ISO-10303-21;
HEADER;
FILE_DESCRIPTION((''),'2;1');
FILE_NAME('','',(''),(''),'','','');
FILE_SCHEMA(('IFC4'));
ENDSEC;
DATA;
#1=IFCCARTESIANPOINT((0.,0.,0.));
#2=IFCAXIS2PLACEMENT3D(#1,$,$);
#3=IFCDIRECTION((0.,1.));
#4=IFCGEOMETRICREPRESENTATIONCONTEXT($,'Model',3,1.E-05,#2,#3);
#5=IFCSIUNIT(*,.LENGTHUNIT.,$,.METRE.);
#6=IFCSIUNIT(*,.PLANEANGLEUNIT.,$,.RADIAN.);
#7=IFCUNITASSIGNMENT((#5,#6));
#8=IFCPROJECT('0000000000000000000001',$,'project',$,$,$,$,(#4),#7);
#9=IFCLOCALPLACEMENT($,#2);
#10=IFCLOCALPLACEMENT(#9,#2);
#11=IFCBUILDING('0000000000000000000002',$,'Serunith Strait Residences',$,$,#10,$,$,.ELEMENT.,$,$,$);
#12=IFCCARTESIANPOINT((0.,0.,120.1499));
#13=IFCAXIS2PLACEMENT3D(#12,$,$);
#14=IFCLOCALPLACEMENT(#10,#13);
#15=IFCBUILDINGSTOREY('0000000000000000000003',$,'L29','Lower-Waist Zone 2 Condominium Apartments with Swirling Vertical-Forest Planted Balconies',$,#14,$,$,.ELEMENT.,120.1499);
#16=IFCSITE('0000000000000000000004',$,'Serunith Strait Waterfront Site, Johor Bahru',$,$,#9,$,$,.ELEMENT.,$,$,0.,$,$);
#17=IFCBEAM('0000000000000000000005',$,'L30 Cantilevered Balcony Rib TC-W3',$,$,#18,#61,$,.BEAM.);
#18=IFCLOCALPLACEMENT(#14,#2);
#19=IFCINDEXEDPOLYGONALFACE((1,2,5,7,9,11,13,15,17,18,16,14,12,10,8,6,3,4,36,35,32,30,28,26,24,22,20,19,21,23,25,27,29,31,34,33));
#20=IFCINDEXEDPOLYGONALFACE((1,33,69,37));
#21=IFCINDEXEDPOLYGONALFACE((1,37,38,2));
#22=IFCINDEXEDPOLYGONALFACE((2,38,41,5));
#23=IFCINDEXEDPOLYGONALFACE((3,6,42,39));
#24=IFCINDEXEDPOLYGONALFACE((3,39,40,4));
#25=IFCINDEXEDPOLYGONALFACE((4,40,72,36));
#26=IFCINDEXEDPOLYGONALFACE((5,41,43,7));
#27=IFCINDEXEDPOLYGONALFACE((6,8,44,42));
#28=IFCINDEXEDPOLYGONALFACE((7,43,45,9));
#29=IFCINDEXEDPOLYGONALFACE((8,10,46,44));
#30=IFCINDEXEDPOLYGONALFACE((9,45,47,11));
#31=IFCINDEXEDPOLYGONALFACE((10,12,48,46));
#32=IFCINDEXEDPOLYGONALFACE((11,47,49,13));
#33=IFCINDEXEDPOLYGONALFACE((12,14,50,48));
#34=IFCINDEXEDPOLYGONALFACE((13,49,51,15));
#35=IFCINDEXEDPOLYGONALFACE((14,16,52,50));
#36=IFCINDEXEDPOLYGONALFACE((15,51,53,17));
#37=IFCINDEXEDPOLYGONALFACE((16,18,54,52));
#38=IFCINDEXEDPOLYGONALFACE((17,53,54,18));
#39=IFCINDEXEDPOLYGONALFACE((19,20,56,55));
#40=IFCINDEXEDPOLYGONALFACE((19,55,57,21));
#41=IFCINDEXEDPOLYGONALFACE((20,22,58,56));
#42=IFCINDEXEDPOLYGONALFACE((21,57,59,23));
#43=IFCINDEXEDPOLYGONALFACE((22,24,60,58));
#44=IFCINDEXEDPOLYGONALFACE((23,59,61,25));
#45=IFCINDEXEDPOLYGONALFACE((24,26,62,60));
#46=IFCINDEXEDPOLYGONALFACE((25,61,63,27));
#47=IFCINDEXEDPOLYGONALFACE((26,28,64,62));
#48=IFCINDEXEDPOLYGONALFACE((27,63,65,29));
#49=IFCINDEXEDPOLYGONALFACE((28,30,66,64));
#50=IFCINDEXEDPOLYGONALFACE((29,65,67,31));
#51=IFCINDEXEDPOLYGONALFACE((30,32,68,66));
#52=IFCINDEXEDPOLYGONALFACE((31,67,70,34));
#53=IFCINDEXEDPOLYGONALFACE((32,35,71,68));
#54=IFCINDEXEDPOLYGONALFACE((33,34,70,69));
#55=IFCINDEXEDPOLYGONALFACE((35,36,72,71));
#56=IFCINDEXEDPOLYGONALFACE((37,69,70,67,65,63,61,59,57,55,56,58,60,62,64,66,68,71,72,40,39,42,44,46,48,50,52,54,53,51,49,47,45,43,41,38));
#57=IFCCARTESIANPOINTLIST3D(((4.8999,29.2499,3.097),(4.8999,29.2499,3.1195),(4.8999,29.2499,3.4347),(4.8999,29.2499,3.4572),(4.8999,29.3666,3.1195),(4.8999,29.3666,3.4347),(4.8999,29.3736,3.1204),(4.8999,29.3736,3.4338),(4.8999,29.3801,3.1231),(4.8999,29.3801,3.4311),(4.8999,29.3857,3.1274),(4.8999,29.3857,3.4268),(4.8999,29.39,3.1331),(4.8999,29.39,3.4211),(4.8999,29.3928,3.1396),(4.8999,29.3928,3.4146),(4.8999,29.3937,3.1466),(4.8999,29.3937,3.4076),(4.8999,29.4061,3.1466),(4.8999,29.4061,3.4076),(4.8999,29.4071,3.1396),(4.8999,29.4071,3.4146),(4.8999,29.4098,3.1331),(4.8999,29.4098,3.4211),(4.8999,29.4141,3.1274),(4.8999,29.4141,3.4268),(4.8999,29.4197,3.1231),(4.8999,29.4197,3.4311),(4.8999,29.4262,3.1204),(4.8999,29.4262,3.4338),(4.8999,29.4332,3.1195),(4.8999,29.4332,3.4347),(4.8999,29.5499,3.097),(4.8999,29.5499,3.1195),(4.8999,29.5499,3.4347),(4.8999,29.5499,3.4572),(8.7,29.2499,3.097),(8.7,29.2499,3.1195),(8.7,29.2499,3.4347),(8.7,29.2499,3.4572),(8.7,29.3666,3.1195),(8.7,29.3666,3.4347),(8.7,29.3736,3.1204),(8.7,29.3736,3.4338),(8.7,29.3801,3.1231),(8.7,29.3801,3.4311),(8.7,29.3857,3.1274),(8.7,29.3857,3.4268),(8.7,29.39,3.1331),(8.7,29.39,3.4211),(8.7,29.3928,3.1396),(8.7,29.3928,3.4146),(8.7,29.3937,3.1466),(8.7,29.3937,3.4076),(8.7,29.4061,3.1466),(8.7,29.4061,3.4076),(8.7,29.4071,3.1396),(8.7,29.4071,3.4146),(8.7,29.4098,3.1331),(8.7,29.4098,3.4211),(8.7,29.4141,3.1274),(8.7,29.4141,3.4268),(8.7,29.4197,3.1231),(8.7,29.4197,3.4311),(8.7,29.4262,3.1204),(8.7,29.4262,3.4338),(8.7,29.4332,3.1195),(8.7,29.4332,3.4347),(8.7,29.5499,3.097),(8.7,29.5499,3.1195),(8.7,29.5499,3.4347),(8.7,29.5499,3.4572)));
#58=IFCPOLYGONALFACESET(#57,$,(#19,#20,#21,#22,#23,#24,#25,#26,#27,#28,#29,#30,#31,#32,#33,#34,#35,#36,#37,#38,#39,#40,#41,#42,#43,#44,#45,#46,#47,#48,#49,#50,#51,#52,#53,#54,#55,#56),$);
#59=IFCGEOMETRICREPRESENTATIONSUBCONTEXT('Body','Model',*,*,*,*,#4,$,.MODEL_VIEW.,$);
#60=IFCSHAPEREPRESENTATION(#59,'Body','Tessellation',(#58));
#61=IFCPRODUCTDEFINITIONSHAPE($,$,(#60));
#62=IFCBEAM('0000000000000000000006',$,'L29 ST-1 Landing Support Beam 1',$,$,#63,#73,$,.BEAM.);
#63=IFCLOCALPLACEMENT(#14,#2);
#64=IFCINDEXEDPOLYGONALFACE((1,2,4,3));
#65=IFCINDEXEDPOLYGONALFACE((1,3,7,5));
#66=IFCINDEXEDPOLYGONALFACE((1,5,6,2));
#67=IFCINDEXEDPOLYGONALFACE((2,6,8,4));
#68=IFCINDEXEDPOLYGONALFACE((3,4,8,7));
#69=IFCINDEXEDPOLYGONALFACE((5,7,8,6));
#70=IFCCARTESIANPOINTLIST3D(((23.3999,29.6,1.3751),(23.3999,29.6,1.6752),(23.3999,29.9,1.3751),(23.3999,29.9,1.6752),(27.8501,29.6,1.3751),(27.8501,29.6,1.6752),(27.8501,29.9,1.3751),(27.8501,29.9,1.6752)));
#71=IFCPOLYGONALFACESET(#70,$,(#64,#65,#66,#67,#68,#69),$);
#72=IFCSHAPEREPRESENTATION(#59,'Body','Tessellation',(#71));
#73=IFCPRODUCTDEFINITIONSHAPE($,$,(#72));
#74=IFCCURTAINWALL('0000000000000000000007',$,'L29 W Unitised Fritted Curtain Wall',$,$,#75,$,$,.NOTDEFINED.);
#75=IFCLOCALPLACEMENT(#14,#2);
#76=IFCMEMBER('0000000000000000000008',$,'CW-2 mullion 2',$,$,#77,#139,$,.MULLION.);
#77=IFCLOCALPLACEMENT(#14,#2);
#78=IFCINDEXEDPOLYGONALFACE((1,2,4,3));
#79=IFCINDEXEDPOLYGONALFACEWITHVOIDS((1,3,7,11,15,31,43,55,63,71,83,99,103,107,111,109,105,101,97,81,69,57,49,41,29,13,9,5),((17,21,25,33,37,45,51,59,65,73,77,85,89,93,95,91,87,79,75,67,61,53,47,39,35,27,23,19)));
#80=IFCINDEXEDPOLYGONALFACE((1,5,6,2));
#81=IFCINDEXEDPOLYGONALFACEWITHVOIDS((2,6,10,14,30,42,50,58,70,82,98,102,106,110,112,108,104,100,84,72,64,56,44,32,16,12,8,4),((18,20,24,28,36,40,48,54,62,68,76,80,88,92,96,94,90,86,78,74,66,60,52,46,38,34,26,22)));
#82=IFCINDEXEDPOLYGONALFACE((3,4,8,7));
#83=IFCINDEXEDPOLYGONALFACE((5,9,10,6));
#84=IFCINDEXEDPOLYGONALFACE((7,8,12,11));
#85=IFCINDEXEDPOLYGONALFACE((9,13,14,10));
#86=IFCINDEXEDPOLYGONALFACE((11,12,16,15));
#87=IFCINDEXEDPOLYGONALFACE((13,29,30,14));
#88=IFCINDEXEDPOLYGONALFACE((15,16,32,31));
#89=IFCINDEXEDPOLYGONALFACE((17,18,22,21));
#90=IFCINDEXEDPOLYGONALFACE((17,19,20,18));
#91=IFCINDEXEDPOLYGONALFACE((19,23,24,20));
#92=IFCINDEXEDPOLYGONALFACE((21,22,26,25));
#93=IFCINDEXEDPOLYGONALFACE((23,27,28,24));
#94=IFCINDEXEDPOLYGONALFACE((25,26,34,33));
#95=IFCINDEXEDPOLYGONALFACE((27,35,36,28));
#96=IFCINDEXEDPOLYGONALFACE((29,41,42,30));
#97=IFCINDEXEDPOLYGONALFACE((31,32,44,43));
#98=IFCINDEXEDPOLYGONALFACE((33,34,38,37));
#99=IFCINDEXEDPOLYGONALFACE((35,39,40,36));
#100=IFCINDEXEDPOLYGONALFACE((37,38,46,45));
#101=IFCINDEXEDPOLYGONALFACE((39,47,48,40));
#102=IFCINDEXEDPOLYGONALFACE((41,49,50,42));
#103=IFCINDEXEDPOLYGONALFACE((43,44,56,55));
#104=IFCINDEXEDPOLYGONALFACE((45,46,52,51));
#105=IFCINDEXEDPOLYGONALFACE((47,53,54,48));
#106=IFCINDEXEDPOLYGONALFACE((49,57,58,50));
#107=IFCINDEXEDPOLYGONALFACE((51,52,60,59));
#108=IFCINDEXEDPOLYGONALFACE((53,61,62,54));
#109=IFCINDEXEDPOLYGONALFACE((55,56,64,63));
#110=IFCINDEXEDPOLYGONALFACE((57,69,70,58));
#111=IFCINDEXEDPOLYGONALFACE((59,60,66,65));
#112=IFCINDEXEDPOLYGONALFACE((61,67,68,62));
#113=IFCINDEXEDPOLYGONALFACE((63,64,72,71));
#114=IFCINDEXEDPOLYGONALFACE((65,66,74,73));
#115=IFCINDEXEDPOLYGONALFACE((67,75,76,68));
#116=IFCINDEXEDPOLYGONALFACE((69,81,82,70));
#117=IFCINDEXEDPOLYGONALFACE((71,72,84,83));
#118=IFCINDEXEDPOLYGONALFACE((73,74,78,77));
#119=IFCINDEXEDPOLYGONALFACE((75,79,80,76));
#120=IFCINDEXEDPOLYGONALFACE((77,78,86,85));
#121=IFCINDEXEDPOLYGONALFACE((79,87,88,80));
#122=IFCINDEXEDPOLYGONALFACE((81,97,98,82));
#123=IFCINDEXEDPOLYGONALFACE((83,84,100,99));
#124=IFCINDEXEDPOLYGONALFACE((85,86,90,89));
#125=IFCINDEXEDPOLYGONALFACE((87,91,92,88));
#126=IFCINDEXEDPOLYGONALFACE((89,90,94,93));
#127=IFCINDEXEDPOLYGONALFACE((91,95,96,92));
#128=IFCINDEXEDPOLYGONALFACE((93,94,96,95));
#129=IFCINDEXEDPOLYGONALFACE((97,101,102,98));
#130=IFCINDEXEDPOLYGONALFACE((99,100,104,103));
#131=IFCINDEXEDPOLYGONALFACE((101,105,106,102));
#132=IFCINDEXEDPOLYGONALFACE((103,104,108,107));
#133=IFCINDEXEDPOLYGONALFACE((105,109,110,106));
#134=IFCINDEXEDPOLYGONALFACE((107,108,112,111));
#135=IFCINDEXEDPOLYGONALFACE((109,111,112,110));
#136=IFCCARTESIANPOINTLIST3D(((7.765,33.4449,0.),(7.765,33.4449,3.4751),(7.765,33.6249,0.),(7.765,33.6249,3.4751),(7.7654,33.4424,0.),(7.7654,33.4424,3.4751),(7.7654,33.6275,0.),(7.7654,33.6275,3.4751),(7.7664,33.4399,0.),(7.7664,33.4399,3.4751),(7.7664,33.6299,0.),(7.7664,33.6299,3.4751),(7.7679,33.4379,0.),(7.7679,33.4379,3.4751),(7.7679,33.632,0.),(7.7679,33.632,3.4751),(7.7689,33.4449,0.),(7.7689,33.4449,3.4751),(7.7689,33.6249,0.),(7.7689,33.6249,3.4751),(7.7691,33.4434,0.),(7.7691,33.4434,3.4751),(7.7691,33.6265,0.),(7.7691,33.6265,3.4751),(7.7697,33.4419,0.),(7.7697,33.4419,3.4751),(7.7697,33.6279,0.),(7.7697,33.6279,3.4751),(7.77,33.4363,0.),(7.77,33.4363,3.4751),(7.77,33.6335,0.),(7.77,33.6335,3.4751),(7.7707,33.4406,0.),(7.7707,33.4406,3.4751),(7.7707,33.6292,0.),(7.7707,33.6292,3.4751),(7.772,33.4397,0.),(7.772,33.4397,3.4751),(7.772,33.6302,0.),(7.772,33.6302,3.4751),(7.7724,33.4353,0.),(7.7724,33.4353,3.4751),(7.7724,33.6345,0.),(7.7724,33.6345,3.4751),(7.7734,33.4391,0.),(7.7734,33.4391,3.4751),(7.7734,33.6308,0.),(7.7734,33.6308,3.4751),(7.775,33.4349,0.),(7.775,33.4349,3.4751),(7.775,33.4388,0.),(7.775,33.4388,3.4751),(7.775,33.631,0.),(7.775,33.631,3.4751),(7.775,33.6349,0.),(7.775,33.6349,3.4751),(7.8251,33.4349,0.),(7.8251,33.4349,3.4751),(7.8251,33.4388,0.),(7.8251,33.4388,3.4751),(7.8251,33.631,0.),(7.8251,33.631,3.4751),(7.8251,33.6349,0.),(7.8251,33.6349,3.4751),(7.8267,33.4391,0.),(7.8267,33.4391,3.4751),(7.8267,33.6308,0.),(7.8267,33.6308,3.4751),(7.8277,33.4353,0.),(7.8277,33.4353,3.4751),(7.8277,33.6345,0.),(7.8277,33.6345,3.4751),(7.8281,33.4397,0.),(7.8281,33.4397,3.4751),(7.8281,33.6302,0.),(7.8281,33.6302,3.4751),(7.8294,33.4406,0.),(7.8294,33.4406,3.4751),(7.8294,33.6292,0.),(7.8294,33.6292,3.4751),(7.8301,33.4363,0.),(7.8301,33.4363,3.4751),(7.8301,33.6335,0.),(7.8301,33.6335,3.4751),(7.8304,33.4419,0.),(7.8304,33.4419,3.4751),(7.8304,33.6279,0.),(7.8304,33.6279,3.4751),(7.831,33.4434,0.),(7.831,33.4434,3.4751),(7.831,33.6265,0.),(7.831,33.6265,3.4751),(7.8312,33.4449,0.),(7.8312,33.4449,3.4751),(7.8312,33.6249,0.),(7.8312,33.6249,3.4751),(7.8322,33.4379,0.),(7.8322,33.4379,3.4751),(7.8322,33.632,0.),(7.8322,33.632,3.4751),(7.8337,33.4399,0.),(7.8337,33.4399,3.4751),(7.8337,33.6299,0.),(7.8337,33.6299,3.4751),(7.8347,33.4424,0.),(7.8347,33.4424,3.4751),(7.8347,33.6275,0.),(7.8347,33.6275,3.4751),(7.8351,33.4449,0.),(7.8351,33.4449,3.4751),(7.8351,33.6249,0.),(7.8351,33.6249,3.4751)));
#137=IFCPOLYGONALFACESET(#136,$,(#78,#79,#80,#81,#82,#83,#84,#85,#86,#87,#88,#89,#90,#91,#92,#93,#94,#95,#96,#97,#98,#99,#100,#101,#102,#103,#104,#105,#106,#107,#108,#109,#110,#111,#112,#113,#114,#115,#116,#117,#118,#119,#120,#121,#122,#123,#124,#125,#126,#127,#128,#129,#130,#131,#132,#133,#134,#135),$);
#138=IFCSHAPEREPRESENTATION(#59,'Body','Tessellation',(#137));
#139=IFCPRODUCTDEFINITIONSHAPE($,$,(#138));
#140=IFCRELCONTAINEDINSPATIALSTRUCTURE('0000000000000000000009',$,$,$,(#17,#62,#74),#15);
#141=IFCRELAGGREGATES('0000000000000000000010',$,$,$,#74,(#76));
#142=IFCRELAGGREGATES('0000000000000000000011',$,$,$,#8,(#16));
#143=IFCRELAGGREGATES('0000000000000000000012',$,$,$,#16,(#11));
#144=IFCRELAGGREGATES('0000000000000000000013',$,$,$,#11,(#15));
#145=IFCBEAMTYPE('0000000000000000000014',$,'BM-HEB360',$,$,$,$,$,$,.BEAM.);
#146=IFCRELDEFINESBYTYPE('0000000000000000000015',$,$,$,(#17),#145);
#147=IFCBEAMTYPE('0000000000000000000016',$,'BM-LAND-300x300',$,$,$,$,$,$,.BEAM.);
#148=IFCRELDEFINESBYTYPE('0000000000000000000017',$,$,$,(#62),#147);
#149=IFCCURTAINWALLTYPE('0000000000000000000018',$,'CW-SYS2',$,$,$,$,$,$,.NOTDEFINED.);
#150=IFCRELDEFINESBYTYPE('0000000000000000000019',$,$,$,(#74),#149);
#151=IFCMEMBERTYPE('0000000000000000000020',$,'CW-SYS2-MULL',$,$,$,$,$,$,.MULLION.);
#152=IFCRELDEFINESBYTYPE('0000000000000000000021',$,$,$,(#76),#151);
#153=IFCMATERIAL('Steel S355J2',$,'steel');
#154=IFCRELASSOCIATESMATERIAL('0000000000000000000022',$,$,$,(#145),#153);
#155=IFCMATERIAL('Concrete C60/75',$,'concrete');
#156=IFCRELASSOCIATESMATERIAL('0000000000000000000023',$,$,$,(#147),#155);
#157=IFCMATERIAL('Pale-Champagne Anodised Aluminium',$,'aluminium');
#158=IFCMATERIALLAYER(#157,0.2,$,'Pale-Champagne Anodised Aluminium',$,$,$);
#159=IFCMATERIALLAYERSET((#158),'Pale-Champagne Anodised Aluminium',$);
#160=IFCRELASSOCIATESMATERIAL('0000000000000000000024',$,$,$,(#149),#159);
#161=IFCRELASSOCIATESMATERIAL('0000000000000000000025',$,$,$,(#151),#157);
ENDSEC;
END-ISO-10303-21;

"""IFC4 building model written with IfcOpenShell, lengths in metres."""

from ifc_helpers import new_model, si_unit, direction, frame, origin, origin_2d, place, context, subcontext, project, spatial, rectangle, hollow_rectangle, i_section, extrude, source, transform, mapped, material, layer, layer_set, material_profile, profile_set, type_object, element, aggregate, save


model = new_model("IFC4")

# Units and contexts
model_context = context("Model", 3, precision=1e-05, world=origin(), true_north=direction((0.0, 1.0)))
body_context = subcontext(model_context, "Body", "Model", "MODEL_VIEW")
ifc_project = project(units=[si_unit("LENGTHUNIT", "METRE"), si_unit("PLANEANGLEUNIT", "RADIAN")], contexts=[model_context])

# Site, building, storey
site_placement = place(None, origin())
site = spatial("IfcSite", under=ifc_project, at=site_placement, Name="Serunith Strait Waterfront Site, Johor Bahru", CompositionType="ELEMENT", RefElevation=0.0)
building_placement = place(site_placement, origin())
building = spatial("IfcBuilding", under=site, at=building_placement, Name="Serunith Strait Residences", CompositionType="ELEMENT")
storey_placement = place(building_placement, frame((0.0, 0.0, 120.1499)))
storey = spatial("IfcBuildingStorey", under=building, at=storey_placement, Name="L29", Description="Lower-Waist Zone 2 Condominium Apartments with Swirling Vertical-Forest Planted Balconies", CompositionType="ELEMENT", Elevation=120.1499)

# Beams
ifc_material_1 = material(Name="Steel S355J2", Category="steel")
ifc_material_profile_1 = material_profile(ifc_material_1, i_section(OverallWidth=0.3, OverallDepth=0.3601, WebThickness=0.0125, FlangeThickness=0.0225, FilletRadius=0.0271, at=origin_2d()), Name="HEB 360")
ifc_profile_set_1 = profile_set([ifc_material_profile_1], Name="Steel S355J2")
beam_type_1 = type_object("IfcBeamType", Name="BM-HEB360", PredefinedType="BEAM", material=ifc_profile_set_1)
shared_shape_1 = source(origin(), body_context, "Body", "SweptSolid", [
    extrude(i_section(OverallWidth=0.3, OverallDepth=0.3601, WebThickness=0.0125, FlangeThickness=0.0225, FilletRadius=0.0271, at=origin_2d()), origin(), (0.0, 0.0, 1.0), 3.8),
])
beam_1_placement = place(storey_placement, frame((8.7, 29.3999, 3.2771), z_axis=(-1.0, 0.0, 0.0), x_axis=(0.0, -1.0, 0.0)))
element("IfcBeam", 1, at=beam_1_placement, inside=storey, type_object=beam_type_1, Name="L30 Cantilevered Balcony Rib TC-W3", PredefinedType="BEAM", context=body_context, shape_type="MappedRepresentation", body=[
    mapped(shared_shape_1, transform((0.0, 0.0, 0.0), scale=1.0)),
])
ifc_material_2 = material(Name="Concrete C60/75", Category="concrete")
ifc_material_profile_2 = material_profile(ifc_material_2, rectangle(XDim=0.3, YDim=0.3, at=origin_2d()), Name="RC 300x300")
ifc_profile_set_2 = profile_set([ifc_material_profile_2], Name="Concrete C60/75")
beam_type_2 = type_object("IfcBeamType", Name="BM-LAND-300x300", PredefinedType="BEAM", material=ifc_profile_set_2)
shared_shape_2 = source(origin(), body_context, "Body", "SweptSolid", [
    extrude(rectangle(XDim=0.3, YDim=0.3, at=origin_2d()), origin(), (0.0, 0.0, 1.0), 4.4502),
])
beam_2_placement = place(storey_placement, frame((23.3999, 29.75, 1.5251), z_axis=(1.0, 0.0, 0.0), x_axis=(0.0, 1.0, 0.0)))
element("IfcBeam", 2, at=beam_2_placement, inside=storey, type_object=beam_type_2, Name="L29 ST-1 Landing Support Beam 1", PredefinedType="BEAM", context=body_context, shape_type="MappedRepresentation", body=[
    mapped(shared_shape_2, transform((0.0, 0.0, 0.0), scale=1.0)),
])

# Curtain wall, member
ifc_material_3 = material(Name="Pale-Champagne Anodised Aluminium", Category="aluminium")
ifc_layer_1 = layer(ifc_material_3, 0.2, Name="Pale-Champagne Anodised Aluminium")
ifc_layer_set_1 = layer_set([ifc_layer_1], Name="Pale-Champagne Anodised Aluminium")
curtain_wall_type = type_object("IfcCurtainWallType", Name="CW-SYS2", PredefinedType="NOTDEFINED", material=ifc_layer_set_1)
curtain_wall_1_placement = place(storey_placement, origin())
curtain_wall_1 = element("IfcCurtainWall", 3, at=curtain_wall_1_placement, inside=storey, type_object=curtain_wall_type, Name="L29 W Unitised Fritted Curtain Wall", PredefinedType="NOTDEFINED")
ifc_material_profile_3 = material_profile(ifc_material_3, hollow_rectangle(XDim=0.0701, YDim=0.2, WallThickness=0.0039, InnerFilletRadius=0.0061, OuterFilletRadius=0.01, at=origin_2d()), Name="ALU 200x70x4")
ifc_profile_set_3 = profile_set([ifc_material_profile_3], Name="Pale-Champagne Anodised Aluminium")
member_type_1 = type_object("IfcMemberType", Name="CW-SYS2-MULL", PredefinedType="MULLION", material=ifc_profile_set_3)
shared_shape_3 = source(origin(), body_context, "Body", "SweptSolid", [
    extrude(hollow_rectangle(XDim=0.0701, YDim=0.2, WallThickness=0.0039, InnerFilletRadius=0.0061, OuterFilletRadius=0.01, at=origin_2d()), origin(), (0.0, 0.0, 1.0), 3.4751),
])
member_1_placement = place(storey_placement, frame((7.8, 33.5349, 0.0), z_axis=(0.0, 0.0, 1.0), x_axis=(1.0, 0.0, 0.0)))
member_1 = element("IfcMember", 4, at=member_1_placement, type_object=member_type_1, Name="CW-2 mullion 2", PredefinedType="MULLION", context=body_context, shape_type="MappedRepresentation", body=[
    mapped(shared_shape_3, transform((0.0, 0.0, 0.0), scale=1.0)),
])
aggregate(curtain_wall_1, [member_1])

save(model, "model.ifc")
